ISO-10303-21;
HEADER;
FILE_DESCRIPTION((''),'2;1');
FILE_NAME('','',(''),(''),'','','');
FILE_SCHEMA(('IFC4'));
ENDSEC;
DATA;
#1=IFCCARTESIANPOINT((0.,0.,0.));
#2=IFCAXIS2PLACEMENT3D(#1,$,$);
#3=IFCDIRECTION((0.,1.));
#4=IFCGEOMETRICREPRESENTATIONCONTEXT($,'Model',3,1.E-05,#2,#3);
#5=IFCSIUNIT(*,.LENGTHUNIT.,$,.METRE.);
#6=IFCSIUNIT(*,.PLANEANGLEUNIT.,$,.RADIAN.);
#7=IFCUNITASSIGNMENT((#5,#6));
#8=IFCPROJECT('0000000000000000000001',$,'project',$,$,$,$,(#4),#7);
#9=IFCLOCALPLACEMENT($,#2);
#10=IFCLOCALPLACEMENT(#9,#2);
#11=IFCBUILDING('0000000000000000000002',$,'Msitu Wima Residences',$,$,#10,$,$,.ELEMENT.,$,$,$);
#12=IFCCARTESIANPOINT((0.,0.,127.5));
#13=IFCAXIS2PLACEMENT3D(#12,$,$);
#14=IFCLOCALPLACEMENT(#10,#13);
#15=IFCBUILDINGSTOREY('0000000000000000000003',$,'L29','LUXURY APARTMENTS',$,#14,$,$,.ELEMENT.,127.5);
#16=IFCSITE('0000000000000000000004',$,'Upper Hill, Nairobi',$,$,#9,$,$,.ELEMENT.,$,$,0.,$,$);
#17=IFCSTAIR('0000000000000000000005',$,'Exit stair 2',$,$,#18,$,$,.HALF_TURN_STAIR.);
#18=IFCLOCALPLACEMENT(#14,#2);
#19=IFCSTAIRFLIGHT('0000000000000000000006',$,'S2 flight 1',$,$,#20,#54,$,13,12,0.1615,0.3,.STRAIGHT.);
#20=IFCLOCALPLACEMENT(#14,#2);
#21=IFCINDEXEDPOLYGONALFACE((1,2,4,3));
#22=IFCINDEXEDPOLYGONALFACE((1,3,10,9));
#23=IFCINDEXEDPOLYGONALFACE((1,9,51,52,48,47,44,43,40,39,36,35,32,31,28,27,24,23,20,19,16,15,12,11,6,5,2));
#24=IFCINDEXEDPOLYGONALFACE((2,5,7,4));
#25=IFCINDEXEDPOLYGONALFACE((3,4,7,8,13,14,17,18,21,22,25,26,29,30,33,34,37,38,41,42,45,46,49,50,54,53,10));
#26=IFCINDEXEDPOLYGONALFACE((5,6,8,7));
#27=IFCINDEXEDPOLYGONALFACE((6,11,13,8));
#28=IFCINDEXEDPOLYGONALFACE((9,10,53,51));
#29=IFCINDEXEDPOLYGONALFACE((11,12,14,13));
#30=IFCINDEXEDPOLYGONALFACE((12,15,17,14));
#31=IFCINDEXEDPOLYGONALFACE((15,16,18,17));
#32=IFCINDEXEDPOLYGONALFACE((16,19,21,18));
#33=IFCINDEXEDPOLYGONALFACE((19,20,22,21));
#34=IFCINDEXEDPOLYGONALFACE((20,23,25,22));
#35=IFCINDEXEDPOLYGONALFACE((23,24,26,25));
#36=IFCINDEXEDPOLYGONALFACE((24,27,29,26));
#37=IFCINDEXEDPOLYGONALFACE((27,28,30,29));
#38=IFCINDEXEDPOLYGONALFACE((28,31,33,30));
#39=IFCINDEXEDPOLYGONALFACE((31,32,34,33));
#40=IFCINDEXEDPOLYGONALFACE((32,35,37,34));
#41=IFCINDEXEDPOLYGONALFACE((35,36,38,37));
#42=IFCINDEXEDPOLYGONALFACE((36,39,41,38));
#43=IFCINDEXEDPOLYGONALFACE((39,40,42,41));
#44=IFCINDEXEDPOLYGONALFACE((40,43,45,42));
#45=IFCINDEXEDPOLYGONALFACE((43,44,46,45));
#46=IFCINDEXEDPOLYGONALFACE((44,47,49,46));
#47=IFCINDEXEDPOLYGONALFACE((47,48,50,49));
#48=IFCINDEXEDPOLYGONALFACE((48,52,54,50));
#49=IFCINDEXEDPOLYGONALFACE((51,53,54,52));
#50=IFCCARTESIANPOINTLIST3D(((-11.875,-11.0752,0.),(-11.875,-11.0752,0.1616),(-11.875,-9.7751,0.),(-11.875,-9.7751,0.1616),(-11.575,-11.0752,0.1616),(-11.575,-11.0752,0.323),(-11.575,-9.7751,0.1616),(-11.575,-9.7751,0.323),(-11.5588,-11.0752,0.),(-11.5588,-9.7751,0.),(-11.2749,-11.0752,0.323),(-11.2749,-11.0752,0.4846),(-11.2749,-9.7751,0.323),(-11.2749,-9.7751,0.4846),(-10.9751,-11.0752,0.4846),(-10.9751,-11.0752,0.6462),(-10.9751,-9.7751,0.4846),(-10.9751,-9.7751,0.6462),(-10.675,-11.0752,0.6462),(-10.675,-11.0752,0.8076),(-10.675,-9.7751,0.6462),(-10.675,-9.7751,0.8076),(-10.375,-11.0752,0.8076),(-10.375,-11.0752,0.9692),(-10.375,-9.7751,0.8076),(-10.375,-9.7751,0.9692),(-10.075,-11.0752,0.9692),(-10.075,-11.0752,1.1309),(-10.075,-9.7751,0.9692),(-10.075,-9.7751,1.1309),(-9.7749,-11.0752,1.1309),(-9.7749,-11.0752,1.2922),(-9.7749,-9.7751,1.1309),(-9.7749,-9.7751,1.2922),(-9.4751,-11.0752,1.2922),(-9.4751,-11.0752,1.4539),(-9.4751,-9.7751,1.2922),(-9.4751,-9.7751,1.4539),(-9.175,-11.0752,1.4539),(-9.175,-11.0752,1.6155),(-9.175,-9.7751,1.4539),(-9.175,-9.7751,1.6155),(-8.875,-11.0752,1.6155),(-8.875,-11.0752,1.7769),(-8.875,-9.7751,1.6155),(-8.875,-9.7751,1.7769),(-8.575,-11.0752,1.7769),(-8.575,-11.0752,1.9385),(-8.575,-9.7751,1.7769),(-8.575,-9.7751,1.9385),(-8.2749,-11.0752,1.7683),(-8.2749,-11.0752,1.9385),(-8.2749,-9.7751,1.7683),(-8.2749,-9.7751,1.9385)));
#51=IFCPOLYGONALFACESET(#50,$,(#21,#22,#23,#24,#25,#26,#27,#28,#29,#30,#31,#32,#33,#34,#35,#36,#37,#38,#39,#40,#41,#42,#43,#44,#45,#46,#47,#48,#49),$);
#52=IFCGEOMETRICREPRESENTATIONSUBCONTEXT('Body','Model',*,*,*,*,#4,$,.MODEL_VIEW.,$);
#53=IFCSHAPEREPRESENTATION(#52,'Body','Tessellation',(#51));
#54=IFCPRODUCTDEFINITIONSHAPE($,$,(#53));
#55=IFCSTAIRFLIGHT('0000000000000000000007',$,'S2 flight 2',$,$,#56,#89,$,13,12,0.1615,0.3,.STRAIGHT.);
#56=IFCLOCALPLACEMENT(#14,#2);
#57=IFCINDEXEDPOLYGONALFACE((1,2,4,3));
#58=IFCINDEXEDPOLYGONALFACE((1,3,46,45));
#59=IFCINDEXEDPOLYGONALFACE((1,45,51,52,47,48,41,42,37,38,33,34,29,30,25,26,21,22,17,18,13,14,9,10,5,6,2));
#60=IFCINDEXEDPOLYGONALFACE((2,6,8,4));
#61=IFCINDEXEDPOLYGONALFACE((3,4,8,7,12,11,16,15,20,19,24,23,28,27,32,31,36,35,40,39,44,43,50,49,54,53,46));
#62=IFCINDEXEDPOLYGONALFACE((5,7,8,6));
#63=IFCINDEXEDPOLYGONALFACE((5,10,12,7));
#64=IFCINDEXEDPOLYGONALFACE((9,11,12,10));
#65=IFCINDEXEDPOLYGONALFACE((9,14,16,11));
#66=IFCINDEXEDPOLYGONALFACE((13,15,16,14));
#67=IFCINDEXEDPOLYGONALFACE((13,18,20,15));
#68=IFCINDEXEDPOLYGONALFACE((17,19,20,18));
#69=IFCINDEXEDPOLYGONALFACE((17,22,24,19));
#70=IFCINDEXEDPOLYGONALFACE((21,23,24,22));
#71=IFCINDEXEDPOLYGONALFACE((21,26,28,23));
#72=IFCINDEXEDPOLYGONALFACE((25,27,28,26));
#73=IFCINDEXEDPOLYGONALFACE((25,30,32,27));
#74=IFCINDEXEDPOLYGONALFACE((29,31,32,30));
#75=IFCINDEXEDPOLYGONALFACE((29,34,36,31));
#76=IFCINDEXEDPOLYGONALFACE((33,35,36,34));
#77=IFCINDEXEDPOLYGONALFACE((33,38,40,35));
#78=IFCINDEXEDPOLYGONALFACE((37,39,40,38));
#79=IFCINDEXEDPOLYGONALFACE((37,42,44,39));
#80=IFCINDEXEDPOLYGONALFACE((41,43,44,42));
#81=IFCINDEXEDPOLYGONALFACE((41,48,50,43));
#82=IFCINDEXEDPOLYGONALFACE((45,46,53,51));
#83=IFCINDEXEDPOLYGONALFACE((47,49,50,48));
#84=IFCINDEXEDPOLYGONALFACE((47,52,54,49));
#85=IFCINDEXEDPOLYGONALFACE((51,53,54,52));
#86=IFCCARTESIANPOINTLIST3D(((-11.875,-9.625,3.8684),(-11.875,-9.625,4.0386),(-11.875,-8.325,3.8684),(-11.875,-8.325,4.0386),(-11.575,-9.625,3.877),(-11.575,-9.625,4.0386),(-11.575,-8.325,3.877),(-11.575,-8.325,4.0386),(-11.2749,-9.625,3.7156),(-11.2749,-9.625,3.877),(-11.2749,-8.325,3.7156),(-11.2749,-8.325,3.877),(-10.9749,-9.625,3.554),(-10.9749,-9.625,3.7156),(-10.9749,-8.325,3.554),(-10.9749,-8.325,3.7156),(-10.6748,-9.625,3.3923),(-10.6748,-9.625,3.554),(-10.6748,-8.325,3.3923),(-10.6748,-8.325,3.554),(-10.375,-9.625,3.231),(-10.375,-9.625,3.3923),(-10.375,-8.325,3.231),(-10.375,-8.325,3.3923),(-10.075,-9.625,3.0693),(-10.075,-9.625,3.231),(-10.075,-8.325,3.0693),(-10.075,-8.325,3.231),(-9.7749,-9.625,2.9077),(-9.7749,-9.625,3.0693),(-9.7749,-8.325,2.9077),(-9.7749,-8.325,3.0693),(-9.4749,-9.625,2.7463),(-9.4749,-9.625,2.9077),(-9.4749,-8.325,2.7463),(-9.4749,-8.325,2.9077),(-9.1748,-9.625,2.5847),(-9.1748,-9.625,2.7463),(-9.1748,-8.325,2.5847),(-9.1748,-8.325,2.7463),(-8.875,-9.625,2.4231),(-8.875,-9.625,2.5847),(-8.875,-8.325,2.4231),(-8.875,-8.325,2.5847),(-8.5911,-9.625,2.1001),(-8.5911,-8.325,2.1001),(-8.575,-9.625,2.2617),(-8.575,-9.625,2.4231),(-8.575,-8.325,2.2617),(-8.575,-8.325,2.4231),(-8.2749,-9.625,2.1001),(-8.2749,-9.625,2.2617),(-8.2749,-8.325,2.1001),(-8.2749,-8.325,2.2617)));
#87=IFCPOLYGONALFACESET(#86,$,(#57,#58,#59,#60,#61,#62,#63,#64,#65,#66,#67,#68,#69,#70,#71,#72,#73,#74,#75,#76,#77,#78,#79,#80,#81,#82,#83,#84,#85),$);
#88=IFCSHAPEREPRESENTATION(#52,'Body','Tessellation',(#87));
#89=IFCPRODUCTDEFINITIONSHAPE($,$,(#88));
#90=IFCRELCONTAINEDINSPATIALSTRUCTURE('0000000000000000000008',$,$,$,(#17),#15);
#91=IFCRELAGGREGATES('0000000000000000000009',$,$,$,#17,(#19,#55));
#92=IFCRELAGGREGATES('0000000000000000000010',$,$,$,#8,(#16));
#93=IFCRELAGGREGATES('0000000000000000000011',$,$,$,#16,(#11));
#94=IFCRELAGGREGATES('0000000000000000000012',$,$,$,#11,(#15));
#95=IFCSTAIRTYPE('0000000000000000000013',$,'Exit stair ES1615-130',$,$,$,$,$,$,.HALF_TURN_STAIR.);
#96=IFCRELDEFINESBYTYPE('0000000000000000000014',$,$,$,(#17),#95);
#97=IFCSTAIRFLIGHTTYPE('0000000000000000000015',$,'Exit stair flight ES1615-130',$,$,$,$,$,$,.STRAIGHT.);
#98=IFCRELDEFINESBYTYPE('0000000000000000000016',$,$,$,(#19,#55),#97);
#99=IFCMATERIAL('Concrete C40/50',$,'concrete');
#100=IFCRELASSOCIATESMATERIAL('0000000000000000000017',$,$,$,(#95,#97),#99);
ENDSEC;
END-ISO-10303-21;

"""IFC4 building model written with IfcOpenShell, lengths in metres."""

from ifc_helpers import new_model, si_unit, direction, frame, origin, place, context, subcontext, project, spatial, polyline, outline, extrude, material, type_object, element, aggregate, save


model = new_model("IFC4")

# Units and contexts
model_context = context("Model", 3, precision=1e-05, world=origin(), true_north=direction((0.0, 1.0)))
body_context = subcontext(model_context, "Body", "Model", "MODEL_VIEW")
ifc_project = project(units=[si_unit("LENGTHUNIT", "METRE"), si_unit("PLANEANGLEUNIT", "RADIAN")], contexts=[model_context])

# Site, building, storey
site_placement = place(None, origin())
site = spatial("IfcSite", under=ifc_project, at=site_placement, Name="Upper Hill, Nairobi", CompositionType="ELEMENT", RefElevation=0.0)
building_placement = place(site_placement, origin())
building = spatial("IfcBuilding", under=site, at=building_placement, Name="Msitu Wima Residences", CompositionType="ELEMENT")
storey_placement = place(building_placement, frame((0.0, 0.0, 127.5)))
storey = spatial("IfcBuildingStorey", under=building, at=storey_placement, Name="L29", Description="LUXURY APARTMENTS", CompositionType="ELEMENT", Elevation=127.5)

# Shared definitions
ifc_material_1 = material(Name="Concrete C40/50", Category="concrete")

# Stair, stair flights
stair_type = type_object("IfcStairType", Name="Exit stair ES1615-130", PredefinedType="HALF_TURN_STAIR", material=ifc_material_1)
stair_placement = place(storey_placement, origin())
stair = element("IfcStair", 1, at=stair_placement, inside=storey, type_object=stair_type, Name="Exit stair 2", PredefinedType="HALF_TURN_STAIR")
stair_flight_type = type_object("IfcStairFlightType", Name="Exit stair flight ES1615-130", PredefinedType="STRAIGHT", material=ifc_material_1)
stair_flight_1_placement = place(storey_placement, frame((-11.875, -10.425, 0.0), z_axis=(0.0, 0.0, 1.0), x_axis=(1.0, 0.0, 0.0)))
stair_flight_1 = element("IfcStairFlight", 2, at=stair_flight_1_placement, type_object=stair_flight_type, Name="S2 flight 1", NumberOfRisers=13, NumberOfTreads=12, PredefinedType="STRAIGHT", RiserHeight=0.1615, TreadLength=0.3, context=body_context, shape_type="SweptSolid", body=[
    extrude(outline(polyline([(0.0, 0.0), (0.0, 0.1616), (0.3, 0.1616), (0.3, 0.323), (0.6001, 0.323), (0.6001, 0.4846), (0.8999, 0.4846), (0.8999, 0.6462), (1.2, 0.6462), (1.2, 0.8076), (1.5, 0.8076), (1.5, 0.9692), (1.8, 0.9692), (1.8, 1.1309), (2.1001, 1.1309), (2.1001, 1.2922), (2.3999, 1.2922), (2.3999, 1.4539), (2.7, 1.4539), (2.7, 1.6155), (3.0, 1.6155), (3.0, 1.7769), (3.3, 1.7769), (3.3, 1.9385), (3.6001, 1.9385), (3.6001, 2.1001), (3.6001, 1.7683), (0.3162, 0.0), (0.0, 0.0)])), frame((0.0, 0.6499, 0.0), z_axis=(0.0, -1.0, 0.0), x_axis=(1.0, 0.0, 0.0)), (0.0, 0.0, 1.0), 1.3),
])
stair_flight_2_placement = place(storey_placement, frame((-8.2749, -8.9751, 2.1001), z_axis=(0.0, 0.0, 1.0), x_axis=(-1.0, 0.0, 0.0)))
stair_flight_2 = element("IfcStairFlight", 3, at=stair_flight_2_placement, type_object=stair_flight_type, Name="S2 flight 2", NumberOfRisers=13, NumberOfTreads=12, PredefinedType="STRAIGHT", RiserHeight=0.1615, TreadLength=0.3, context=body_context, shape_type="SweptSolid", body=[
    extrude(outline(polyline([(0.0, 0.0), (0.0, 0.1616), (0.3, 0.1616), (0.3, 0.323), (0.6001, 0.323), (0.6001, 0.4846), (0.8999, 0.4846), (0.8999, 0.6462), (1.2, 0.6462), (1.2, 0.8076), (1.5, 0.8076), (1.5, 0.9692), (1.8, 0.9692), (1.8, 1.1309), (2.1001, 1.1309), (2.1001, 1.2922), (2.3999, 1.2922), (2.3999, 1.4539), (2.7, 1.4539), (2.7, 1.6155), (3.0, 1.6155), (3.0, 1.7769), (3.3, 1.7769), (3.3, 1.9385), (3.6001, 1.9385), (3.6001, 2.1001), (3.6001, 1.7683), (0.3162, 0.0), (0.0, 0.0)])), frame((0.0, 0.6499, 0.0), z_axis=(0.0, -1.0, 0.0), x_axis=(1.0, 0.0, 0.0)), (0.0, 0.0, 1.0), 1.3),
])
aggregate(stair, [stair_flight_1, stair_flight_2])

save(model, "model.ifc")
